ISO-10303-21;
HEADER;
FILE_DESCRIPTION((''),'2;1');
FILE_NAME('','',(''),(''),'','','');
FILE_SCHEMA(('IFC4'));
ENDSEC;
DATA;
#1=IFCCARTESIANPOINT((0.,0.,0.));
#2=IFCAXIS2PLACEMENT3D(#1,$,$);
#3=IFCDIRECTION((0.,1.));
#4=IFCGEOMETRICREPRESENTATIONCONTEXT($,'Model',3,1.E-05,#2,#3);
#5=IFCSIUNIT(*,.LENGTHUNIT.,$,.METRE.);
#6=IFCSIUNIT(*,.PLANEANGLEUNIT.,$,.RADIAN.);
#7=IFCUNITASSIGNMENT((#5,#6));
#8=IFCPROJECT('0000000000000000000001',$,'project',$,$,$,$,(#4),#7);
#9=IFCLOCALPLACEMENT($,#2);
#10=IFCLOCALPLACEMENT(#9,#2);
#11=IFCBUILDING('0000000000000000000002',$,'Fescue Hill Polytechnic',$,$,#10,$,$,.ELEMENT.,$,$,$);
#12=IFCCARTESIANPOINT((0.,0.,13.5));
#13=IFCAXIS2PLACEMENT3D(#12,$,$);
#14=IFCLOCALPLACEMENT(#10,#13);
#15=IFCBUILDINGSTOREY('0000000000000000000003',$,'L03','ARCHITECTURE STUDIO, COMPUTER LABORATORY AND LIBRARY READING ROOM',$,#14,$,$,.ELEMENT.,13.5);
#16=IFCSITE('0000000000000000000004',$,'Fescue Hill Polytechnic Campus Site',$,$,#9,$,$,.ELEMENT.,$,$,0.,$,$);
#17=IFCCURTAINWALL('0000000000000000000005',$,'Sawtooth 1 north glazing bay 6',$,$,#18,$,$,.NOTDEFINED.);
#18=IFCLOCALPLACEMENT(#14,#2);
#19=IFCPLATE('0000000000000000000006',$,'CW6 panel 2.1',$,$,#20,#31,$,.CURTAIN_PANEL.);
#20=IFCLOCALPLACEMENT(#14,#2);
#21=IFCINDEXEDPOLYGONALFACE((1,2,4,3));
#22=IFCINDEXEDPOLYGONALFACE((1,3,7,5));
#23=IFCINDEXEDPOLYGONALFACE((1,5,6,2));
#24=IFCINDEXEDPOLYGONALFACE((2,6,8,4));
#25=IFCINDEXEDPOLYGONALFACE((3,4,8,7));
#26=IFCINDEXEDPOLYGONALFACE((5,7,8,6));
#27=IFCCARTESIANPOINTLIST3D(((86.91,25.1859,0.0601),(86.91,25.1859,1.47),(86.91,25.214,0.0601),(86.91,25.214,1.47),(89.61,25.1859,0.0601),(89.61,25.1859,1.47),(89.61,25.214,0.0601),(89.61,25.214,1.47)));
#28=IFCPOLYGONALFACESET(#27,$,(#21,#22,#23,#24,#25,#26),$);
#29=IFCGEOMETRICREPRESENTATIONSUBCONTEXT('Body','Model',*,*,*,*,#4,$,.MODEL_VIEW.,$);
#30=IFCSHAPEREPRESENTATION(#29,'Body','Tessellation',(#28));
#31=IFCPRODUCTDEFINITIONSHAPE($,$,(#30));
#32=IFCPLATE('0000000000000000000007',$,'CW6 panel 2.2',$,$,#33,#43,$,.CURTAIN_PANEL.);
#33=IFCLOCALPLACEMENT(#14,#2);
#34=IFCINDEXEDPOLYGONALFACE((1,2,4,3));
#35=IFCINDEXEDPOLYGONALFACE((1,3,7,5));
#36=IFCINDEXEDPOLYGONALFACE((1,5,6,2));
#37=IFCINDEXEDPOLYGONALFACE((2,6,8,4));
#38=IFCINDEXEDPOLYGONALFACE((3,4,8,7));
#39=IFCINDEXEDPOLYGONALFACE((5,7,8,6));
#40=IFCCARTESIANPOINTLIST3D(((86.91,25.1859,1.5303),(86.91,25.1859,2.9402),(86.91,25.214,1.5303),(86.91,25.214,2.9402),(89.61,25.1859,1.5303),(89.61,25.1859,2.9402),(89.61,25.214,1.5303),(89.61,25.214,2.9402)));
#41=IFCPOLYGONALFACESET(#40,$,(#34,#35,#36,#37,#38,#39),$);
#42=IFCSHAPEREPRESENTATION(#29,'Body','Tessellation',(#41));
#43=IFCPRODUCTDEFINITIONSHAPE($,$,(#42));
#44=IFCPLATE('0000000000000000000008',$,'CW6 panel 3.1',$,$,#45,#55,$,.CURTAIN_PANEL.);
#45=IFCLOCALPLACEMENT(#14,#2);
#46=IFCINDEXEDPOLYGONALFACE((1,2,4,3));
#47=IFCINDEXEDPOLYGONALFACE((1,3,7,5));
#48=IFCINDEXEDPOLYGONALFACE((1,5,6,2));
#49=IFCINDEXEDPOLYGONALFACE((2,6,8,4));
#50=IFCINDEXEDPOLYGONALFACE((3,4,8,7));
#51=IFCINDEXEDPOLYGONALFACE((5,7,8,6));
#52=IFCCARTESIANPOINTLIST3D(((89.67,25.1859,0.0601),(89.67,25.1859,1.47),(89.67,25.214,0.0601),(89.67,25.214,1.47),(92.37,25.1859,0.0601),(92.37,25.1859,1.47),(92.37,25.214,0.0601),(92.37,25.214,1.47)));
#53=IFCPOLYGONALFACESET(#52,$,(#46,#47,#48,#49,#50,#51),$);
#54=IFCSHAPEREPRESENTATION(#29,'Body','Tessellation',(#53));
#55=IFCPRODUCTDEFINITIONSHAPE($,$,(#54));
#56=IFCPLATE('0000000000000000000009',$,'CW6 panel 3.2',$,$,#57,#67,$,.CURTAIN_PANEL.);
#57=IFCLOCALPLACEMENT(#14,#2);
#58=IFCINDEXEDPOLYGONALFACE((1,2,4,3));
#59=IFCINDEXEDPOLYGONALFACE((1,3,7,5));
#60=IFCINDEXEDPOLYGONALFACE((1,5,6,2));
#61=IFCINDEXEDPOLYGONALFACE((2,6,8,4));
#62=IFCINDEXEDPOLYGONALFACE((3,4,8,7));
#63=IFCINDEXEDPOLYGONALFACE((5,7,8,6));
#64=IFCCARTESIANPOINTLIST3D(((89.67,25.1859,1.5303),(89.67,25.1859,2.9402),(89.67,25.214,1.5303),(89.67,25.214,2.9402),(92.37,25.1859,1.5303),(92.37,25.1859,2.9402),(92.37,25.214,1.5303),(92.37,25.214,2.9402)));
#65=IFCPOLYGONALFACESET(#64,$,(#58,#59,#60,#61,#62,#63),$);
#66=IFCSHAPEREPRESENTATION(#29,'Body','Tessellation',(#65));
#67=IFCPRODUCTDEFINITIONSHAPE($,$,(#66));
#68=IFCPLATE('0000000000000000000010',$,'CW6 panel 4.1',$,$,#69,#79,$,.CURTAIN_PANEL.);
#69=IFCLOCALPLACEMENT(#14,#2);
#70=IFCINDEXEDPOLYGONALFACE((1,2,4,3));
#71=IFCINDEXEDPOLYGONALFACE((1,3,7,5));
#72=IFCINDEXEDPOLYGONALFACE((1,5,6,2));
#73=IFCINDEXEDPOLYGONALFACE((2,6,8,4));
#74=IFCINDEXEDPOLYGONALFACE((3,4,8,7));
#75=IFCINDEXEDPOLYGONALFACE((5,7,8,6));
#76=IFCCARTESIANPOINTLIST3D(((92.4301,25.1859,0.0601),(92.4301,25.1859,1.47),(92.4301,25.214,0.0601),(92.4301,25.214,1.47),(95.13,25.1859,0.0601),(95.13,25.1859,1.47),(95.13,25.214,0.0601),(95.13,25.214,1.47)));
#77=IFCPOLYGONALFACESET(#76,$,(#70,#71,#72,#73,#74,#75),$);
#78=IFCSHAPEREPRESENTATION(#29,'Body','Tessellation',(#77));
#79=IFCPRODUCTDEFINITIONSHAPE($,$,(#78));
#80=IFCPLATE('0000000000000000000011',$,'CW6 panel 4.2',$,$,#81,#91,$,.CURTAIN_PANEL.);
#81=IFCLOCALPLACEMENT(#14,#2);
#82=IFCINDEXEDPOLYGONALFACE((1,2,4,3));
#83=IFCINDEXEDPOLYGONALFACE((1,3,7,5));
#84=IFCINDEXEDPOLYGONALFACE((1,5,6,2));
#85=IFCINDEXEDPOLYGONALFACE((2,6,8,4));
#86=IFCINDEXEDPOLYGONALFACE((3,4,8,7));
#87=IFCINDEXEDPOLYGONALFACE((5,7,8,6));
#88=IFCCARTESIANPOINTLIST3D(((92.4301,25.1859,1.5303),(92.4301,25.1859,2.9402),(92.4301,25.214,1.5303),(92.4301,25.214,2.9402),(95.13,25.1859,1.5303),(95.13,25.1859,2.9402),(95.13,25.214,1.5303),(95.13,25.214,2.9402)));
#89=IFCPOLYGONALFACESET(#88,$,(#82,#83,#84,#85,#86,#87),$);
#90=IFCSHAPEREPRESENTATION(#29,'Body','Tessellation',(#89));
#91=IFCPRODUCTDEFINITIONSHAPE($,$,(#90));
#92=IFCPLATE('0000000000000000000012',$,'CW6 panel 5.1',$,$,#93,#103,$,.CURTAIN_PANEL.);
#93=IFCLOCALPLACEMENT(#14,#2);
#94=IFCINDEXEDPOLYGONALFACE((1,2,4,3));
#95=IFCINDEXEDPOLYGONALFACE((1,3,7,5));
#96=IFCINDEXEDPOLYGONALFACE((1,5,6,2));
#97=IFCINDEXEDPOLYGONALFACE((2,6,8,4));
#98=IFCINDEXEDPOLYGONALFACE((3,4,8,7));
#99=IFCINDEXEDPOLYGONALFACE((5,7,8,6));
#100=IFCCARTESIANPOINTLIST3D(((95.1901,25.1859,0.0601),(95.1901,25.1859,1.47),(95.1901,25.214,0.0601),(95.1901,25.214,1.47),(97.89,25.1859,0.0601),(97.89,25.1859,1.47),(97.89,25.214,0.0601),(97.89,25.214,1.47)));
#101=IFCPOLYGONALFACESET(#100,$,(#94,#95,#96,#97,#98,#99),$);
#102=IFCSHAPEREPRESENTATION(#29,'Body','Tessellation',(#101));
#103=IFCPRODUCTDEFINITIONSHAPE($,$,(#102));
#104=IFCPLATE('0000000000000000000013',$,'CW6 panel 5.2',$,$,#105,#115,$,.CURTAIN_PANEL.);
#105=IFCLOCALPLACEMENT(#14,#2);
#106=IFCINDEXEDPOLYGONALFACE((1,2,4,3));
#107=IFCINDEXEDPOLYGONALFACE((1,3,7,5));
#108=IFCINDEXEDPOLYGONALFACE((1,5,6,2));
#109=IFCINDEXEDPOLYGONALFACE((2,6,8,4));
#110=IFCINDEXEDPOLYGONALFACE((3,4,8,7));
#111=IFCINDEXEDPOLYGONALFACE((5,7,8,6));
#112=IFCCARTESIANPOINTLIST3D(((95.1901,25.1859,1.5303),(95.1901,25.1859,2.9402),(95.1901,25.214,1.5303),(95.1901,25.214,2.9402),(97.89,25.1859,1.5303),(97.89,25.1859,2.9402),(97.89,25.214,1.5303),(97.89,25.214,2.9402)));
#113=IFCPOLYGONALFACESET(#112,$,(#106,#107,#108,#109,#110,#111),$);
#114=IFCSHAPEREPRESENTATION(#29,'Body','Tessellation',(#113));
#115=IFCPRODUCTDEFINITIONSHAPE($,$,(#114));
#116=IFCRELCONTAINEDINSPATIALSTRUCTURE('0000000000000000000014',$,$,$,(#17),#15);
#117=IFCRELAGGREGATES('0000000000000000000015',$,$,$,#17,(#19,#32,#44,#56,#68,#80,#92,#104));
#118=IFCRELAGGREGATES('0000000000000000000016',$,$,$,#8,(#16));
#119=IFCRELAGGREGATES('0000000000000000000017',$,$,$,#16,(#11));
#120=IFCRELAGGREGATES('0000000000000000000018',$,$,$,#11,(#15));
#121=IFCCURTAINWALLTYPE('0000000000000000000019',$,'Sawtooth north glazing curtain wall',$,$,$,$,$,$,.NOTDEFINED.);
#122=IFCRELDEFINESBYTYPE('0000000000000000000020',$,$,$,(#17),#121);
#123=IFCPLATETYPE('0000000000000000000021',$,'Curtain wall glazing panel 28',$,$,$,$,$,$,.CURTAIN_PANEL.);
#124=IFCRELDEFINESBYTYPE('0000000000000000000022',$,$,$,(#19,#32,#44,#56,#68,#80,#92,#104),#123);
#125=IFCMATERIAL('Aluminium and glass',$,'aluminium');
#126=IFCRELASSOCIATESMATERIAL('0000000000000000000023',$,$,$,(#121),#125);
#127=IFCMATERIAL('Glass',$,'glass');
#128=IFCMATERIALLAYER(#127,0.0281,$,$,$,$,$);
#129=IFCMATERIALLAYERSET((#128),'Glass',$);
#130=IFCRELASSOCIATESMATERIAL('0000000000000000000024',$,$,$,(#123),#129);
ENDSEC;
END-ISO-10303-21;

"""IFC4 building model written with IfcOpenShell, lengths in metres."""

from ifc_helpers import new_model, si_unit, direction, frame, origin, origin_2d, place, context, subcontext, project, spatial, rectangle, extrude, material, layer, layer_set, type_object, element, aggregate, save


model = new_model("IFC4")

# Units and contexts
model_context = context("Model", 3, precision=1e-05, world=origin(), true_north=direction((0.0, 1.0)))
body_context = subcontext(model_context, "Body", "Model", "MODEL_VIEW")
ifc_project = project(units=[si_unit("LENGTHUNIT", "METRE"), si_unit("PLANEANGLEUNIT", "RADIAN")], contexts=[model_context])

# Site, building, storey
site_placement = place(None, origin())
site = spatial("IfcSite", under=ifc_project, at=site_placement, Name="Fescue Hill Polytechnic Campus Site", CompositionType="ELEMENT", RefElevation=0.0)
building_placement = place(site_placement, origin())
building = spatial("IfcBuilding", under=site, at=building_placement, Name="Fescue Hill Polytechnic", CompositionType="ELEMENT")
storey_placement = place(building_placement, frame((0.0, 0.0, 13.5)))
storey = spatial("IfcBuildingStorey", under=building, at=storey_placement, Name="L03", Description="ARCHITECTURE STUDIO, COMPUTER LABORATORY AND LIBRARY READING ROOM", CompositionType="ELEMENT", Elevation=13.5)

# Curtain wall, plates
ifc_material_1 = material(Name="Aluminium and glass", Category="aluminium")
curtain_wall_type = type_object("IfcCurtainWallType", Name="Sawtooth north glazing curtain wall", PredefinedType="NOTDEFINED", material=ifc_material_1)
curtain_wall_placement = place(storey_placement, origin())
curtain_wall = element("IfcCurtainWall", 1, at=curtain_wall_placement, inside=storey, type_object=curtain_wall_type, Name="Sawtooth 1 north glazing bay 6", PredefinedType="NOTDEFINED")
ifc_material_2 = material(Name="Glass", Category="glass")
ifc_layer = layer(ifc_material_2, 0.0281)
ifc_layer_set = layer_set([ifc_layer], Name="Glass")
plate_type = type_object("IfcPlateType", Name="Curtain wall glazing panel 28", PredefinedType="CURTAIN_PANEL", material=ifc_layer_set)
plate_1_placement = place(storey_placement, frame((88.26, 25.2, 0.0601), z_axis=(0.0, 0.0, 1.0), x_axis=(1.0, 0.0, 0.0)))
plate_1 = element("IfcPlate", 2, at=plate_1_placement, type_object=plate_type, Name="CW6 panel 2.1", PredefinedType="CURTAIN_PANEL", context=body_context, shape_type="SweptSolid", body=[
    extrude(rectangle(XDim=2.7, YDim=0.0281, at=origin_2d()), origin(), (0.0, 0.0, 1.0), 1.4099),
])
plate_2_placement = place(storey_placement, frame((88.26, 25.2, 1.5303), z_axis=(0.0, 0.0, 1.0), x_axis=(1.0, 0.0, 0.0)))
plate_2 = element("IfcPlate", 3, at=plate_2_placement, type_object=plate_type, Name="CW6 panel 2.2", PredefinedType="CURTAIN_PANEL", context=body_context, shape_type="SweptSolid", body=[
    extrude(rectangle(XDim=2.7, YDim=0.0281, at=origin_2d()), origin(), (0.0, 0.0, 1.0), 1.4099),
])
plate_3_placement = place(storey_placement, frame((91.02, 25.2, 0.0601), z_axis=(0.0, 0.0, 1.0), x_axis=(1.0, 0.0, 0.0)))
plate_3 = element("IfcPlate", 4, at=plate_3_placement, type_object=plate_type, Name="CW6 panel 3.1", PredefinedType="CURTAIN_PANEL", context=body_context, shape_type="SweptSolid", body=[
    extrude(rectangle(XDim=2.7, YDim=0.0281, at=origin_2d()), origin(), (0.0, 0.0, 1.0), 1.4099),
])
plate_4_placement = place(storey_placement, frame((91.02, 25.2, 1.5303), z_axis=(0.0, 0.0, 1.0), x_axis=(1.0, 0.0, 0.0)))
plate_4 = element("IfcPlate", 5, at=plate_4_placement, type_object=plate_type, Name="CW6 panel 3.2", PredefinedType="CURTAIN_PANEL", context=body_context, shape_type="SweptSolid", body=[
    extrude(rectangle(XDim=2.7, YDim=0.0281, at=origin_2d()), origin(), (0.0, 0.0, 1.0), 1.4099),
])
plate_5_placement = place(storey_placement, frame((93.78, 25.2, 0.0601), z_axis=(0.0, 0.0, 1.0), x_axis=(1.0, 0.0, 0.0)))
plate_5 = element("IfcPlate", 6, at=plate_5_placement, type_object=plate_type, Name="CW6 panel 4.1", PredefinedType="CURTAIN_PANEL", context=body_context, shape_type="SweptSolid", body=[
    extrude(rectangle(XDim=2.7, YDim=0.0281, at=origin_2d()), origin(), (0.0, 0.0, 1.0), 1.4099),
])
plate_6_placement = place(storey_placement, frame((93.78, 25.2, 1.5303), z_axis=(0.0, 0.0, 1.0), x_axis=(1.0, 0.0, 0.0)))
plate_6 = element("IfcPlate", 7, at=plate_6_placement, type_object=plate_type, Name="CW6 panel 4.2", PredefinedType="CURTAIN_PANEL", context=body_context, shape_type="SweptSolid", body=[
    extrude(rectangle(XDim=2.7, YDim=0.0281, at=origin_2d()), origin(), (0.0, 0.0, 1.0), 1.4099),
])
plate_7_placement = place(storey_placement, frame((96.54, 25.2, 0.0601), z_axis=(0.0, 0.0, 1.0), x_axis=(1.0, 0.0, 0.0)))
plate_7 = element("IfcPlate", 8, at=plate_7_placement, type_object=plate_type, Name="CW6 panel 5.1", PredefinedType="CURTAIN_PANEL", context=body_context, shape_type="SweptSolid", body=[
    extrude(rectangle(XDim=2.7, YDim=0.0281, at=origin_2d()), origin(), (0.0, 0.0, 1.0), 1.4099),
])
plate_8_placement = place(storey_placement, frame((96.54, 25.2, 1.5303), z_axis=(0.0, 0.0, 1.0), x_axis=(1.0, 0.0, 0.0)))
plate_8 = element("IfcPlate", 9, at=plate_8_placement, type_object=plate_type, Name="CW6 panel 5.2", PredefinedType="CURTAIN_PANEL", context=body_context, shape_type="SweptSolid", body=[
    extrude(rectangle(XDim=2.7, YDim=0.0281, at=origin_2d()), origin(), (0.0, 0.0, 1.0), 1.4099),
])
aggregate(curtain_wall, [plate_1, plate_2, plate_3, plate_4, plate_5, plate_6, plate_7, plate_8])

save(model, "model.ifc")
